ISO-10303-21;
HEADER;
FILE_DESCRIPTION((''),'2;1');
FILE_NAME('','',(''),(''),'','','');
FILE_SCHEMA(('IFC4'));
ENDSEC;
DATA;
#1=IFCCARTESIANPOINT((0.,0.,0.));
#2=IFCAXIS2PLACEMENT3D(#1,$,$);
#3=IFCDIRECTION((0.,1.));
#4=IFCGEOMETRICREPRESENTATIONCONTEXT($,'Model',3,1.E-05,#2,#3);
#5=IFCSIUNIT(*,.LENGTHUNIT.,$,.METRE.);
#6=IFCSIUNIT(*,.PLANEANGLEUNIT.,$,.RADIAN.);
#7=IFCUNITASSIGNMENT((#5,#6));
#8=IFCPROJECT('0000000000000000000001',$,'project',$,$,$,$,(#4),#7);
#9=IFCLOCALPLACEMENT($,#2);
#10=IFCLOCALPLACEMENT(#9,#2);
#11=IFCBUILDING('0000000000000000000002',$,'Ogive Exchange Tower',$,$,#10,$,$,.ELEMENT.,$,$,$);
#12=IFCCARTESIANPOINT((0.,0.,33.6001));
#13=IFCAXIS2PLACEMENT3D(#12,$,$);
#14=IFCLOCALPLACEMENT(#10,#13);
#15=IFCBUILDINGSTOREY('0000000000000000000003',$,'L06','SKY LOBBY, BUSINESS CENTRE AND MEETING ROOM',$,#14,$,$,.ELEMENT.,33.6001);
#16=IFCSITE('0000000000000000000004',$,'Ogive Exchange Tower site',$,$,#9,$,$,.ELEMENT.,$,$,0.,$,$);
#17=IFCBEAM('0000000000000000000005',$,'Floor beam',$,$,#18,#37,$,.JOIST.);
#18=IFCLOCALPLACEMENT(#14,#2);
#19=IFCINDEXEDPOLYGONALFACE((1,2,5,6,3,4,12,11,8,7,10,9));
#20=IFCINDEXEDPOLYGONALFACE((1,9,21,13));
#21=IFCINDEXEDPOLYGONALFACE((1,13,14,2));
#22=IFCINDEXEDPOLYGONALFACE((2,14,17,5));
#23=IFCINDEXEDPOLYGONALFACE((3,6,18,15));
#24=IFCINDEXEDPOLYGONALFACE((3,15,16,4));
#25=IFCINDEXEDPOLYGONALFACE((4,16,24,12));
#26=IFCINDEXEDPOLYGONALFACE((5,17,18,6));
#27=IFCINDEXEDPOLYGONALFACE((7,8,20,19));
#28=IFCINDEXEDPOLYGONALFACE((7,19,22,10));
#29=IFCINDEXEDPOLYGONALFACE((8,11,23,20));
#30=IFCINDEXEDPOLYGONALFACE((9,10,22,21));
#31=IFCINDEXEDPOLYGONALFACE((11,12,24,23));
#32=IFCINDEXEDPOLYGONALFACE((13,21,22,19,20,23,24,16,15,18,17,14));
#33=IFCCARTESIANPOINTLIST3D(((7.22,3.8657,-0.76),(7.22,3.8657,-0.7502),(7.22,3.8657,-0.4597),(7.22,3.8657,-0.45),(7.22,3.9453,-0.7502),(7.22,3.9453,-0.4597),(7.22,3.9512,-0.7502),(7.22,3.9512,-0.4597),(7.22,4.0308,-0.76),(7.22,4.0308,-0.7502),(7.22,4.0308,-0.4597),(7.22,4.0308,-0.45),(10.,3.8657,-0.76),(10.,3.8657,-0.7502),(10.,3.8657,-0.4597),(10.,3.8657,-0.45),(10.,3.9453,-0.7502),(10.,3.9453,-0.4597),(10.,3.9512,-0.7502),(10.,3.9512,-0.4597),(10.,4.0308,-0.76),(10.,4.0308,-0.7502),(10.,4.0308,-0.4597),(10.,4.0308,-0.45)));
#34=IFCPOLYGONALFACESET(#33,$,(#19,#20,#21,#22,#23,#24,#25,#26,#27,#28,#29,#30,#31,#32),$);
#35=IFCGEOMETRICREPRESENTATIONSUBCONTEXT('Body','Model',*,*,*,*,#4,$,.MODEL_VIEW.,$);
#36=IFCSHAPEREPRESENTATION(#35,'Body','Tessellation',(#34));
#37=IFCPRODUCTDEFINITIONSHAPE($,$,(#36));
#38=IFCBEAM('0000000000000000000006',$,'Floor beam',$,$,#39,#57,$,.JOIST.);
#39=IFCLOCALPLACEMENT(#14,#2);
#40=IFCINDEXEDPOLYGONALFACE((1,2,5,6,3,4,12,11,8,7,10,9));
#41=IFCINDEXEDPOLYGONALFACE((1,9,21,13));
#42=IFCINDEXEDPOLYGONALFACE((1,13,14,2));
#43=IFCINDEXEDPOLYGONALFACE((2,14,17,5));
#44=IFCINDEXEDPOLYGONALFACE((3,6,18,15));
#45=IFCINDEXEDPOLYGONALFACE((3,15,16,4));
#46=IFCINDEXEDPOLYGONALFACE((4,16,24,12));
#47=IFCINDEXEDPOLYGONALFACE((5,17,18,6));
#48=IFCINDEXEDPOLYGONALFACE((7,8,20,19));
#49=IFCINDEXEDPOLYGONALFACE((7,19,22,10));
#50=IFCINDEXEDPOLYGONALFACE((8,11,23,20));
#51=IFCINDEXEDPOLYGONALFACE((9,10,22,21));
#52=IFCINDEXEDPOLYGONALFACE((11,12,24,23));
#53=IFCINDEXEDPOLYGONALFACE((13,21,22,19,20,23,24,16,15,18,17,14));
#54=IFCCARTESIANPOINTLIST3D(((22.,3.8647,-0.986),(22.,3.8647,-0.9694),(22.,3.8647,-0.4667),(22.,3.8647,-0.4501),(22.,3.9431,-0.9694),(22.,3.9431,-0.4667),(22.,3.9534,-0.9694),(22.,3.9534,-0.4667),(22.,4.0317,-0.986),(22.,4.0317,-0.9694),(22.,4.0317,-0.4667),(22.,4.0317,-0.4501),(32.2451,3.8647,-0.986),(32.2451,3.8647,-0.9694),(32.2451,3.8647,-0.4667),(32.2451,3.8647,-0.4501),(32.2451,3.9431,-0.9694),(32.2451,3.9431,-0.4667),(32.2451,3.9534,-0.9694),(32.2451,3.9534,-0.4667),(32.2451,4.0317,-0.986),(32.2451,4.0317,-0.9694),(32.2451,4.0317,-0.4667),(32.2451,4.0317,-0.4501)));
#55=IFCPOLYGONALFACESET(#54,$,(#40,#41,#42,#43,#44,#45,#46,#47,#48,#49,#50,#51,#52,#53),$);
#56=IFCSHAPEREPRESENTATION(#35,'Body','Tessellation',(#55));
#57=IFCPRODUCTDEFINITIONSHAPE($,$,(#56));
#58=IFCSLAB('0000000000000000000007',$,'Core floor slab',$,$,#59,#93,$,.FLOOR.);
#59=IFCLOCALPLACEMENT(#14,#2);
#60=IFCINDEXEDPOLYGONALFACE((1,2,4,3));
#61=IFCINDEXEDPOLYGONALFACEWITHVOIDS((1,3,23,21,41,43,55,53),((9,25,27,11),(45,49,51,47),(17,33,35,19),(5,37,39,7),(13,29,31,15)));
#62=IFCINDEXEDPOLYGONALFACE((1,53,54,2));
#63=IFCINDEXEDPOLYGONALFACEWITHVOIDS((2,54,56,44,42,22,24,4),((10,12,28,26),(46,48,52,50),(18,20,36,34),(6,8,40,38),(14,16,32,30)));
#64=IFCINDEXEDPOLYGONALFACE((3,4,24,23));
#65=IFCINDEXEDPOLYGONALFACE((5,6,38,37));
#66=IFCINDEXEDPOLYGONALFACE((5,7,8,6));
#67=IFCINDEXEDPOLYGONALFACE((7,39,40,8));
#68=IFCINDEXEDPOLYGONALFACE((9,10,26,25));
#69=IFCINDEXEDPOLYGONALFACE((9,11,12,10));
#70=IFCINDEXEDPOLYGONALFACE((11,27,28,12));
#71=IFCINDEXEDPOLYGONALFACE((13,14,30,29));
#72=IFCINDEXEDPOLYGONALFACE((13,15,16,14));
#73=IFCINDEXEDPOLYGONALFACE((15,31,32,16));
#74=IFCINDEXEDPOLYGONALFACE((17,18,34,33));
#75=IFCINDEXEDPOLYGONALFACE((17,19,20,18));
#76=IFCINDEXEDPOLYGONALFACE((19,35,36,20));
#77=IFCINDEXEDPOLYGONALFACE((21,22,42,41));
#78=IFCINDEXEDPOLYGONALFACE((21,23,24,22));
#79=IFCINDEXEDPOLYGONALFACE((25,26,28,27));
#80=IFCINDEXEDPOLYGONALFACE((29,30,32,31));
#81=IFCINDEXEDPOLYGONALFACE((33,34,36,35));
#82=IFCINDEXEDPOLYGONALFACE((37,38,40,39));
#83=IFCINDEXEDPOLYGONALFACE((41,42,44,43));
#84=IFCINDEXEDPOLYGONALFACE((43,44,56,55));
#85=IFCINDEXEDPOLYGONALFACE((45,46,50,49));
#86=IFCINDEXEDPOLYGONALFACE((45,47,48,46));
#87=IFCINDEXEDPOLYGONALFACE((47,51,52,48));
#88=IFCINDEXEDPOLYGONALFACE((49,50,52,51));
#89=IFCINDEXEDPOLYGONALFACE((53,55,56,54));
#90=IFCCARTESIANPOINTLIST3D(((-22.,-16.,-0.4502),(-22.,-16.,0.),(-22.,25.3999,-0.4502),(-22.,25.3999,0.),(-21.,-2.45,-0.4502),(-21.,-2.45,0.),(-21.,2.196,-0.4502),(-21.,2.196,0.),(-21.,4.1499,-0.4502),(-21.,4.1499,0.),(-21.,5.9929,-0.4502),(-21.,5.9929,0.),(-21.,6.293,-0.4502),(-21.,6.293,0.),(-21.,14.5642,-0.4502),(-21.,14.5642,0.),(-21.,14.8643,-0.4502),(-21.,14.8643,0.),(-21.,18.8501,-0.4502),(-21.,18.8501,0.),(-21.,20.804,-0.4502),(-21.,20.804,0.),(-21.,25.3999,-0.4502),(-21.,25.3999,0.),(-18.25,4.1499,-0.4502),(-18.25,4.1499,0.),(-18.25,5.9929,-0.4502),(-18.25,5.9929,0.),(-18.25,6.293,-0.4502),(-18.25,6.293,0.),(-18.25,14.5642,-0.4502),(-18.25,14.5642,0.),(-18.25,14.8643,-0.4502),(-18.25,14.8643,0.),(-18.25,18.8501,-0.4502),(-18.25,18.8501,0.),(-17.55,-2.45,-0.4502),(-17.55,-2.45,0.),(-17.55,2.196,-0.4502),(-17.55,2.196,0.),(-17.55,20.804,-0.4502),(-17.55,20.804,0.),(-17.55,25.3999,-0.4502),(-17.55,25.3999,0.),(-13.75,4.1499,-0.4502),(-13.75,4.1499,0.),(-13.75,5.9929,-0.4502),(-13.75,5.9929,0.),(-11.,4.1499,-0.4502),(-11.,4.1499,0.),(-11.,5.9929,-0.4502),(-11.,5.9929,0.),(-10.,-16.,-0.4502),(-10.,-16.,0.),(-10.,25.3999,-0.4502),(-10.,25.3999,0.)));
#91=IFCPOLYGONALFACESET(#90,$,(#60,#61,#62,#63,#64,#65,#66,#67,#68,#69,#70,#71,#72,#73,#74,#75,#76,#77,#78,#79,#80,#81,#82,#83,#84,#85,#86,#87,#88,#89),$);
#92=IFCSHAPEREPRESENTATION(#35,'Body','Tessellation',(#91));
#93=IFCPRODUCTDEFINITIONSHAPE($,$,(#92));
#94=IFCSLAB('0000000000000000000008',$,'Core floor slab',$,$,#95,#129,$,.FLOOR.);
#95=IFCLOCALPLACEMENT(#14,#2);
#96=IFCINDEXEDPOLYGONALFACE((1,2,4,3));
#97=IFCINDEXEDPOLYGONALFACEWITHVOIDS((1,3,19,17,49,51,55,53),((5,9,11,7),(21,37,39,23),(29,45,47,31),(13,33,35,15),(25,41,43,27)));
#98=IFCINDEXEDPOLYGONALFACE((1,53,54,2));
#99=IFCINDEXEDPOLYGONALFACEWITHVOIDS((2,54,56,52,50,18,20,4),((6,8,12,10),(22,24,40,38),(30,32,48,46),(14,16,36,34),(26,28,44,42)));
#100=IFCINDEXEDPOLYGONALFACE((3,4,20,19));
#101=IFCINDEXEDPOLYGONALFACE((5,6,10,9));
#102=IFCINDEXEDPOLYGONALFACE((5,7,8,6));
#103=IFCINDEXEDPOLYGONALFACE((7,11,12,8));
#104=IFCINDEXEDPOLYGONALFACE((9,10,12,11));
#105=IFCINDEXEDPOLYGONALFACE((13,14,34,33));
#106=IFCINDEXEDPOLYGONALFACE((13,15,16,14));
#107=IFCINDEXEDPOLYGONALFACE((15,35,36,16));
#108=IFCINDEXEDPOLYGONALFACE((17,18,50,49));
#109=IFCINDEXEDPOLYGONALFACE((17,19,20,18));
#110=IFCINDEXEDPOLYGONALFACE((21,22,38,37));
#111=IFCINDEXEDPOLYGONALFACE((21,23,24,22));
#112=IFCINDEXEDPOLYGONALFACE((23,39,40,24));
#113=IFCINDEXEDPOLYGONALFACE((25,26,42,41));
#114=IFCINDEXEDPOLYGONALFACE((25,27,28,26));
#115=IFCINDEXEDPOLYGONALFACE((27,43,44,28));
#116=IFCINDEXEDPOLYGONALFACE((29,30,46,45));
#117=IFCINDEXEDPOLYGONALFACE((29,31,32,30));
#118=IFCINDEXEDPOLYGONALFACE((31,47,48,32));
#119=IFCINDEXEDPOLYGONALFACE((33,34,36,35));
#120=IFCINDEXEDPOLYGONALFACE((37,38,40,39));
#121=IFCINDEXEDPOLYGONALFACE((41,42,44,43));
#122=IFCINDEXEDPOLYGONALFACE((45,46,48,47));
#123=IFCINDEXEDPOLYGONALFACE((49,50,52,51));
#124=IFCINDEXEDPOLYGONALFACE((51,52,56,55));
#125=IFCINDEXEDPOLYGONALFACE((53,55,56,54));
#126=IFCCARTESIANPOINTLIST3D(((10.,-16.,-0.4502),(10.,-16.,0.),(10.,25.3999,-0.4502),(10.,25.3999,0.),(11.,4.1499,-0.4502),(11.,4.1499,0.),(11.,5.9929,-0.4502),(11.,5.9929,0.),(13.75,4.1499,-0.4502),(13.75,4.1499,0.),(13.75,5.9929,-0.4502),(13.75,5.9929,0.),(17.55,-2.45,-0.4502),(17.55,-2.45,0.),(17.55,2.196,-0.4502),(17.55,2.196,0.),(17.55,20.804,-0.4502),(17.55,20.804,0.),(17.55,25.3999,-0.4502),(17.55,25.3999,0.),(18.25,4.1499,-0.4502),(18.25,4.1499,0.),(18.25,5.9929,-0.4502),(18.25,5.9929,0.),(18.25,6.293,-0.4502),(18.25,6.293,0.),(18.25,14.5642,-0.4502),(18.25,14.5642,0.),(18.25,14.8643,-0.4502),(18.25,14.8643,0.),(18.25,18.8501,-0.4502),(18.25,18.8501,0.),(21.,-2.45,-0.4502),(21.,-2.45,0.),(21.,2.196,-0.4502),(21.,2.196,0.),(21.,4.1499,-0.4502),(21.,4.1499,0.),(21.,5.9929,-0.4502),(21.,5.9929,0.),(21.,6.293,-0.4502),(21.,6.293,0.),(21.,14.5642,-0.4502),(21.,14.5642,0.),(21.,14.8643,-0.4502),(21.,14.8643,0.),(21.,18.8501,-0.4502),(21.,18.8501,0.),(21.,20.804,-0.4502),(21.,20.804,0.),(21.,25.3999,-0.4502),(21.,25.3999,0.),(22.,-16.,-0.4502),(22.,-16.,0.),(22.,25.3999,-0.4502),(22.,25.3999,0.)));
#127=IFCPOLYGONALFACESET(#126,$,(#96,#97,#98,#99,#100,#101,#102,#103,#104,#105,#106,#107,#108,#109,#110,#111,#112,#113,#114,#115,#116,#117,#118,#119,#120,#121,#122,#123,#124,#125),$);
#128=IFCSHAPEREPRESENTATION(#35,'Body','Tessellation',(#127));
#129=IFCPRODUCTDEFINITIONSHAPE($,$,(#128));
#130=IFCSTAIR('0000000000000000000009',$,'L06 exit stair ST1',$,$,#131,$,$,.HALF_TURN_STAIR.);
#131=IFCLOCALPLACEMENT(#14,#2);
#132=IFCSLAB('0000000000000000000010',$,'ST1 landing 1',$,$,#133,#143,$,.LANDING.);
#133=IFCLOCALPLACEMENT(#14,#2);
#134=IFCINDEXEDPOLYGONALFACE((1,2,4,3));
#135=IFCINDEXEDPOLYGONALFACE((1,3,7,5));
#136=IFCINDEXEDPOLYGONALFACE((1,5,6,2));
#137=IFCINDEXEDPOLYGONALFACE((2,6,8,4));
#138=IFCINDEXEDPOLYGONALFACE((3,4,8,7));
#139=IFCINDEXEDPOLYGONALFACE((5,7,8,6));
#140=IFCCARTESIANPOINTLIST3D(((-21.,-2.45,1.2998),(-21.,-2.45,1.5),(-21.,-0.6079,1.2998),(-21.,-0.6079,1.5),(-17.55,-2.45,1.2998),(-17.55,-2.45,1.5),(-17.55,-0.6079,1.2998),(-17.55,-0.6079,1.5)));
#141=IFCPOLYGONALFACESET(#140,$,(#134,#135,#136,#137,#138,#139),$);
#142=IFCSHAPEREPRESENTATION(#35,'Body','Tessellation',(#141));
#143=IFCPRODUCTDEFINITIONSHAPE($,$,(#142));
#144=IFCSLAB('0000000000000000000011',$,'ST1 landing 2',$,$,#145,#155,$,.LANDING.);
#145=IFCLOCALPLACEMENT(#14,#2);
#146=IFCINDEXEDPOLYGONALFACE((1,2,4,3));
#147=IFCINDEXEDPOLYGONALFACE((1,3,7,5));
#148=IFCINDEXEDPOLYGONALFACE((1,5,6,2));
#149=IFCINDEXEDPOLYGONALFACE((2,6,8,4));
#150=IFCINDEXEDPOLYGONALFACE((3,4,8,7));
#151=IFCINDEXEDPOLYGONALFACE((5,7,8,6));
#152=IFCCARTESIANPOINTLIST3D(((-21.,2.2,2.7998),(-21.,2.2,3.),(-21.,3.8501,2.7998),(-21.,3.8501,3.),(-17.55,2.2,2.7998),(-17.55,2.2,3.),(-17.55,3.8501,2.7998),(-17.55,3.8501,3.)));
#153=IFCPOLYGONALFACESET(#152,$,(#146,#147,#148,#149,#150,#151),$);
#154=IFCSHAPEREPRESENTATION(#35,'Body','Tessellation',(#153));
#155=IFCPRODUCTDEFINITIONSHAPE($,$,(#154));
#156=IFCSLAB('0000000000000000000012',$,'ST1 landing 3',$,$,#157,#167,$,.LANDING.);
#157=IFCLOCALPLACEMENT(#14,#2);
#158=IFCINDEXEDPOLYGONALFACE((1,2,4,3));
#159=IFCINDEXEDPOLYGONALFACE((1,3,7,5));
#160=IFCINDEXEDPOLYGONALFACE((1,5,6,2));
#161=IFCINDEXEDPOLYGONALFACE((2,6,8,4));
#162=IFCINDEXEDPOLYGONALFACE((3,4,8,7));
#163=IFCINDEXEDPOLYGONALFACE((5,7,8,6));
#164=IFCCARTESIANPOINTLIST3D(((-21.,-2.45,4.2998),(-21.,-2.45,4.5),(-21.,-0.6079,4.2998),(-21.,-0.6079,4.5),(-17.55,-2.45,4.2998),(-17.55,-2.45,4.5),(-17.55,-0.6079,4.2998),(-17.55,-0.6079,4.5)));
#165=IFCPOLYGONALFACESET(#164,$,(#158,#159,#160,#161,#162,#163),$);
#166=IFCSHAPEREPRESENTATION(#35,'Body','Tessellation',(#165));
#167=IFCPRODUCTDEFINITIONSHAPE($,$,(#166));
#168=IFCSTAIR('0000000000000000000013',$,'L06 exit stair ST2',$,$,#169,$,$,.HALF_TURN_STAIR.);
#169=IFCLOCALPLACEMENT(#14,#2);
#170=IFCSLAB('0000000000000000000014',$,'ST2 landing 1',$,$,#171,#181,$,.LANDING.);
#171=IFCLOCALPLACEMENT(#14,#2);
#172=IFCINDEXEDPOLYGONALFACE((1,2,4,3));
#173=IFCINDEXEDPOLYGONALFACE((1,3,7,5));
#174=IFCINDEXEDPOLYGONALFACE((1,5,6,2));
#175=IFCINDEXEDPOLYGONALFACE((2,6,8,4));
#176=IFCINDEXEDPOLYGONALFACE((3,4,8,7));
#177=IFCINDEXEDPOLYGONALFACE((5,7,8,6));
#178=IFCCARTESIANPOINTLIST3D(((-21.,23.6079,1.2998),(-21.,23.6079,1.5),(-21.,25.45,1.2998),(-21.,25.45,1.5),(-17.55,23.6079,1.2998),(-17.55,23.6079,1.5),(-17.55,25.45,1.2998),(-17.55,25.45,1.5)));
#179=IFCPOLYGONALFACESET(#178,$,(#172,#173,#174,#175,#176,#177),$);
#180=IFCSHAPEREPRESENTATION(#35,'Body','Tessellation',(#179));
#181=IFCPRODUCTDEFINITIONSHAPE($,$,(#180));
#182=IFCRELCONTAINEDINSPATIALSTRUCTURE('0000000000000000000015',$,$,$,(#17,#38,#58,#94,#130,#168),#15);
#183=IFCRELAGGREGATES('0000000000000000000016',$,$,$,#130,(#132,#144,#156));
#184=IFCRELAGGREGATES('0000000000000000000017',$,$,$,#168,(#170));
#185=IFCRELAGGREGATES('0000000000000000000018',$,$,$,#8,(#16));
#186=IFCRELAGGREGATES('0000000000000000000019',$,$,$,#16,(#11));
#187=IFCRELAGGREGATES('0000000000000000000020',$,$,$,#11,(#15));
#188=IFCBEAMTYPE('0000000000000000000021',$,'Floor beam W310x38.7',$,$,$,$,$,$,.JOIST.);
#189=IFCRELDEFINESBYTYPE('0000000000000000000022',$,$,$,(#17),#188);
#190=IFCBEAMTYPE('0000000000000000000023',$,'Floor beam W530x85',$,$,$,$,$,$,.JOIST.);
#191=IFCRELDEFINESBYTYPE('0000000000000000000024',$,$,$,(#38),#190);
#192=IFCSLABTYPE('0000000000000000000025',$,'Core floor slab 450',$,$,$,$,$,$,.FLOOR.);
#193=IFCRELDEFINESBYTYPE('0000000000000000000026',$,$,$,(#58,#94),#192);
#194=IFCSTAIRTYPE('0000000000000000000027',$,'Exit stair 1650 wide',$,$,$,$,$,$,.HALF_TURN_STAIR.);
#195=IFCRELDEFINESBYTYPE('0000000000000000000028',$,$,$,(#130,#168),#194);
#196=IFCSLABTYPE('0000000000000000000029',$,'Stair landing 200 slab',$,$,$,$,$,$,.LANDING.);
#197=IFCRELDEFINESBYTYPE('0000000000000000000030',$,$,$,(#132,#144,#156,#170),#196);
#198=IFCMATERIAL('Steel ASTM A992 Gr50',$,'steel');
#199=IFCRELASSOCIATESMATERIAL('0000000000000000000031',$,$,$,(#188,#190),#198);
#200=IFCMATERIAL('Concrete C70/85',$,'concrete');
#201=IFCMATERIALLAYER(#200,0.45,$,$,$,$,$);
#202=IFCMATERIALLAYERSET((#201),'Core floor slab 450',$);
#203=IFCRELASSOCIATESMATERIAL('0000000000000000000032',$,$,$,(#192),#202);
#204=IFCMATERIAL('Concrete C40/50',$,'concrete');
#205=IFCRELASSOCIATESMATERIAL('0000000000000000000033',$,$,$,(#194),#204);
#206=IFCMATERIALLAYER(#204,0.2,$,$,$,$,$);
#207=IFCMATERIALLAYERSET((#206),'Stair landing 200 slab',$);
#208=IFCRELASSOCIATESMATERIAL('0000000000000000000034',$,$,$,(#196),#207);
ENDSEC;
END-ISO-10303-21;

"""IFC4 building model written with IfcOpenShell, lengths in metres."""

from ifc_helpers import new_model, si_unit, direction, frame, origin, origin_2d, place, context, subcontext, project, spatial, polyline, i_section, outline, extrude, material, layer, layer_set, material_profile, profile_set, type_object, element, aggregate, save


model = new_model("IFC4")

# Units and contexts
model_context = context("Model", 3, precision=1e-05, world=origin(), true_north=direction((0.0, 1.0)))
body_context = subcontext(model_context, "Body", "Model", "MODEL_VIEW")
ifc_project = project(units=[si_unit("LENGTHUNIT", "METRE"), si_unit("PLANEANGLEUNIT", "RADIAN")], contexts=[model_context])

# Site, building, storey
site_placement = place(None, origin())
site = spatial("IfcSite", under=ifc_project, at=site_placement, Name="Ogive Exchange Tower site", CompositionType="ELEMENT", RefElevation=0.0)
building_placement = place(site_placement, origin())
building = spatial("IfcBuilding", under=site, at=building_placement, Name="Ogive Exchange Tower", CompositionType="ELEMENT")
storey_placement = place(building_placement, frame((0.0, 0.0, 33.6001)))
storey = spatial("IfcBuildingStorey", under=building, at=storey_placement, Name="L06", Description="SKY LOBBY, BUSINESS CENTRE AND MEETING ROOM", CompositionType="ELEMENT", Elevation=33.6001)

# Beams
ifc_material_1 = material(Name="Steel ASTM A992 Gr50", Category="steel")
ifc_material_profile_1 = material_profile(ifc_material_1, i_section(OverallWidth=0.165, OverallDepth=0.3101, WebThickness=0.0059, FlangeThickness=0.0098, at=origin_2d()), Name="W310x38.7")
ifc_profile_set_1 = profile_set([ifc_material_profile_1], Name="Steel ASTM A992 Gr50")
beam_type_1 = type_object("IfcBeamType", Name="Floor beam W310x38.7", PredefinedType="JOIST", material=ifc_profile_set_1)
beam_1_placement = place(storey_placement, frame((7.22, 3.9482, -0.605), z_axis=(1.0, 0.0, 0.0), x_axis=(0.0, 1.0, 0.0)))
element("IfcBeam", 1, at=beam_1_placement, inside=storey, type_object=beam_type_1, Name="Floor beam", PredefinedType="JOIST", context=body_context, shape_type="SweptSolid", body=[
    extrude(i_section(OverallWidth=0.165, OverallDepth=0.3101, WebThickness=0.0059, FlangeThickness=0.0098, at=origin_2d()), origin(), (0.0, 0.0, 1.0), 2.78),
])
ifc_material_profile_2 = material_profile(ifc_material_1, i_section(OverallWidth=0.167, OverallDepth=0.5359, WebThickness=0.0103, FlangeThickness=0.0166, at=origin_2d()), Name="W530x85")
ifc_profile_set_2 = profile_set([ifc_material_profile_2], Name="Steel ASTM A992 Gr50")
beam_type_2 = type_object("IfcBeamType", Name="Floor beam W530x85", PredefinedType="JOIST", material=ifc_profile_set_2)
beam_2_placement = place(storey_placement, frame((22.0, 3.9482, -0.718), z_axis=(1.0, 0.0, 0.0), x_axis=(0.0, 1.0, 0.0)))
element("IfcBeam", 2, at=beam_2_placement, inside=storey, type_object=beam_type_2, Name="Floor beam", PredefinedType="JOIST", context=body_context, shape_type="SweptSolid", body=[
    extrude(i_section(OverallWidth=0.167, OverallDepth=0.5359, WebThickness=0.0103, FlangeThickness=0.0166, at=origin_2d()), origin(), (0.0, 0.0, 1.0), 10.2451),
])

# Slabs
ifc_material_2 = material(Name="Concrete C70/85", Category="concrete")
ifc_layer_1 = layer(ifc_material_2, 0.45)
ifc_layer_set_1 = layer_set([ifc_layer_1], Name="Core floor slab 450")
slab_type_1 = type_object("IfcSlabType", Name="Core floor slab 450", PredefinedType="FLOOR", material=ifc_layer_set_1)
slab_1_placement = place(storey_placement, frame((0.0, 0.0, -0.4502)))
element("IfcSlab", 3, at=slab_1_placement, inside=storey, type_object=slab_type_1, Name="Core floor slab", PredefinedType="FLOOR", context=body_context, shape_type="SweptSolid", body=[
    extrude(outline(polyline([(-10.0, 25.3999), (-10.0, -16.0), (-22.0, -16.0), (-22.0, 25.3999), (-21.0, 25.3999), (-21.0, 20.804), (-17.55, 20.804), (-17.55, 25.3999), (-10.0, 25.3999)]), holes=[polyline([(-17.55, 2.196), (-21.0, 2.196), (-21.0, -2.45), (-17.55, -2.45), (-17.55, 2.196)]), polyline([(-18.25, 5.9929), (-21.0, 5.9929), (-21.0, 4.1499), (-18.25, 4.1499), (-18.25, 5.9929)]), polyline([(-11.0, 5.9929), (-13.75, 5.9929), (-13.75, 4.1499), (-11.0, 4.1499), (-11.0, 5.9929)]), polyline([(-21.0, 14.5642), (-21.0, 6.293), (-18.25, 6.293), (-18.25, 14.5642), (-21.0, 14.5642)]), polyline([(-18.25, 18.8501), (-21.0, 18.8501), (-21.0, 14.8643), (-18.25, 14.8643), (-18.25, 18.8501)])]), origin(), (0.0, 0.0, 1.0), 0.4502),
])
slab_2_placement = place(storey_placement, frame((0.0, 0.0, -0.4502)))
element("IfcSlab", 4, at=slab_2_placement, inside=storey, type_object=slab_type_1, Name="Core floor slab", PredefinedType="FLOOR", context=body_context, shape_type="SweptSolid", body=[
    extrude(outline(polyline([(22.0, 25.3999), (22.0, -16.0), (10.0, -16.0), (10.0, 25.3999), (17.55, 25.3999), (17.55, 20.804), (21.0, 20.804), (21.0, 25.3999), (22.0, 25.3999)]), holes=[polyline([(21.0, 2.196), (17.55, 2.196), (17.55, -2.45), (21.0, -2.45), (21.0, 2.196)]), polyline([(13.75, 5.9929), (11.0, 5.9929), (11.0, 4.1499), (13.75, 4.1499), (13.75, 5.9929)]), polyline([(21.0, 5.9929), (18.25, 5.9929), (18.25, 4.1499), (21.0, 4.1499), (21.0, 5.9929)]), polyline([(18.25, 14.5642), (18.25, 6.293), (21.0, 6.293), (21.0, 14.5642), (18.25, 14.5642)]), polyline([(21.0, 18.8501), (18.25, 18.8501), (18.25, 14.8643), (21.0, 14.8643), (21.0, 18.8501)])]), origin(), (0.0, 0.0, 1.0), 0.4502),
])

# Stairs, slabs
ifc_material_3 = material(Name="Concrete C40/50", Category="concrete")
stair_type = type_object("IfcStairType", Name="Exit stair 1650 wide", PredefinedType="HALF_TURN_STAIR", material=ifc_material_3)
stair_1_placement = place(storey_placement, origin())
stair_1 = element("IfcStair", 5, at=stair_1_placement, inside=storey, type_object=stair_type, Name="L06 exit stair ST1", PredefinedType="HALF_TURN_STAIR")
ifc_layer_2 = layer(ifc_material_3, 0.2)
ifc_layer_set_2 = layer_set([ifc_layer_2], Name="Stair landing 200 slab")
slab_type_2 = type_object("IfcSlabType", Name="Stair landing 200 slab", PredefinedType="LANDING", material=ifc_layer_set_2)
slab_3_placement = place(storey_placement, frame((0.0, 0.0, 1.2998)))
slab_3 = element("IfcSlab", 6, at=slab_3_placement, type_object=slab_type_2, Name="ST1 landing 1", PredefinedType="LANDING", context=body_context, shape_type="SweptSolid", body=[
    extrude(outline(polyline([(-21.0, -0.6079), (-21.0, -2.45), (-17.55, -2.45), (-17.55, -0.6079), (-21.0, -0.6079)])), origin(), (0.0, 0.0, 1.0), 0.2002),
])
slab_4_placement = place(storey_placement, frame((0.0, 0.0, 2.7998)))
slab_4 = element("IfcSlab", 7, at=slab_4_placement, type_object=slab_type_2, Name="ST1 landing 2", PredefinedType="LANDING", context=body_context, shape_type="SweptSolid", body=[
    extrude(outline(polyline([(-21.0, 3.8501), (-21.0, 2.2), (-17.55, 2.2), (-17.55, 3.8501), (-21.0, 3.8501)])), origin(), (0.0, 0.0, 1.0), 0.2002),
])
slab_5_placement = place(storey_placement, frame((0.0, 0.0, 4.2998)))
slab_5 = element("IfcSlab", 8, at=slab_5_placement, type_object=slab_type_2, Name="ST1 landing 3", PredefinedType="LANDING", context=body_context, shape_type="SweptSolid", body=[
    extrude(outline(polyline([(-21.0, -0.6079), (-21.0, -2.45), (-17.55, -2.45), (-17.55, -0.6079), (-21.0, -0.6079)])), origin(), (0.0, 0.0, 1.0), 0.2002),
])
aggregate(stair_1, [slab_3, slab_4, slab_5])
stair_2_placement = place(storey_placement, origin())
stair_2 = element("IfcStair", 9, at=stair_2_placement, inside=storey, type_object=stair_type, Name="L06 exit stair ST2", PredefinedType="HALF_TURN_STAIR")
slab_6_placement = place(storey_placement, frame((0.0, 0.0, 1.2998)))
slab_6 = element("IfcSlab", 10, at=slab_6_placement, type_object=slab_type_2, Name="ST2 landing 1", PredefinedType="LANDING", context=body_context, shape_type="SweptSolid", body=[
    extrude(outline(polyline([(-17.55, 23.6079), (-17.55, 25.45), (-21.0, 25.45), (-21.0, 23.6079), (-17.55, 23.6079)])), origin(), (0.0, 0.0, 1.0), 0.2002),
])
aggregate(stair_2, [slab_6])

save(model, "model.ifc")
